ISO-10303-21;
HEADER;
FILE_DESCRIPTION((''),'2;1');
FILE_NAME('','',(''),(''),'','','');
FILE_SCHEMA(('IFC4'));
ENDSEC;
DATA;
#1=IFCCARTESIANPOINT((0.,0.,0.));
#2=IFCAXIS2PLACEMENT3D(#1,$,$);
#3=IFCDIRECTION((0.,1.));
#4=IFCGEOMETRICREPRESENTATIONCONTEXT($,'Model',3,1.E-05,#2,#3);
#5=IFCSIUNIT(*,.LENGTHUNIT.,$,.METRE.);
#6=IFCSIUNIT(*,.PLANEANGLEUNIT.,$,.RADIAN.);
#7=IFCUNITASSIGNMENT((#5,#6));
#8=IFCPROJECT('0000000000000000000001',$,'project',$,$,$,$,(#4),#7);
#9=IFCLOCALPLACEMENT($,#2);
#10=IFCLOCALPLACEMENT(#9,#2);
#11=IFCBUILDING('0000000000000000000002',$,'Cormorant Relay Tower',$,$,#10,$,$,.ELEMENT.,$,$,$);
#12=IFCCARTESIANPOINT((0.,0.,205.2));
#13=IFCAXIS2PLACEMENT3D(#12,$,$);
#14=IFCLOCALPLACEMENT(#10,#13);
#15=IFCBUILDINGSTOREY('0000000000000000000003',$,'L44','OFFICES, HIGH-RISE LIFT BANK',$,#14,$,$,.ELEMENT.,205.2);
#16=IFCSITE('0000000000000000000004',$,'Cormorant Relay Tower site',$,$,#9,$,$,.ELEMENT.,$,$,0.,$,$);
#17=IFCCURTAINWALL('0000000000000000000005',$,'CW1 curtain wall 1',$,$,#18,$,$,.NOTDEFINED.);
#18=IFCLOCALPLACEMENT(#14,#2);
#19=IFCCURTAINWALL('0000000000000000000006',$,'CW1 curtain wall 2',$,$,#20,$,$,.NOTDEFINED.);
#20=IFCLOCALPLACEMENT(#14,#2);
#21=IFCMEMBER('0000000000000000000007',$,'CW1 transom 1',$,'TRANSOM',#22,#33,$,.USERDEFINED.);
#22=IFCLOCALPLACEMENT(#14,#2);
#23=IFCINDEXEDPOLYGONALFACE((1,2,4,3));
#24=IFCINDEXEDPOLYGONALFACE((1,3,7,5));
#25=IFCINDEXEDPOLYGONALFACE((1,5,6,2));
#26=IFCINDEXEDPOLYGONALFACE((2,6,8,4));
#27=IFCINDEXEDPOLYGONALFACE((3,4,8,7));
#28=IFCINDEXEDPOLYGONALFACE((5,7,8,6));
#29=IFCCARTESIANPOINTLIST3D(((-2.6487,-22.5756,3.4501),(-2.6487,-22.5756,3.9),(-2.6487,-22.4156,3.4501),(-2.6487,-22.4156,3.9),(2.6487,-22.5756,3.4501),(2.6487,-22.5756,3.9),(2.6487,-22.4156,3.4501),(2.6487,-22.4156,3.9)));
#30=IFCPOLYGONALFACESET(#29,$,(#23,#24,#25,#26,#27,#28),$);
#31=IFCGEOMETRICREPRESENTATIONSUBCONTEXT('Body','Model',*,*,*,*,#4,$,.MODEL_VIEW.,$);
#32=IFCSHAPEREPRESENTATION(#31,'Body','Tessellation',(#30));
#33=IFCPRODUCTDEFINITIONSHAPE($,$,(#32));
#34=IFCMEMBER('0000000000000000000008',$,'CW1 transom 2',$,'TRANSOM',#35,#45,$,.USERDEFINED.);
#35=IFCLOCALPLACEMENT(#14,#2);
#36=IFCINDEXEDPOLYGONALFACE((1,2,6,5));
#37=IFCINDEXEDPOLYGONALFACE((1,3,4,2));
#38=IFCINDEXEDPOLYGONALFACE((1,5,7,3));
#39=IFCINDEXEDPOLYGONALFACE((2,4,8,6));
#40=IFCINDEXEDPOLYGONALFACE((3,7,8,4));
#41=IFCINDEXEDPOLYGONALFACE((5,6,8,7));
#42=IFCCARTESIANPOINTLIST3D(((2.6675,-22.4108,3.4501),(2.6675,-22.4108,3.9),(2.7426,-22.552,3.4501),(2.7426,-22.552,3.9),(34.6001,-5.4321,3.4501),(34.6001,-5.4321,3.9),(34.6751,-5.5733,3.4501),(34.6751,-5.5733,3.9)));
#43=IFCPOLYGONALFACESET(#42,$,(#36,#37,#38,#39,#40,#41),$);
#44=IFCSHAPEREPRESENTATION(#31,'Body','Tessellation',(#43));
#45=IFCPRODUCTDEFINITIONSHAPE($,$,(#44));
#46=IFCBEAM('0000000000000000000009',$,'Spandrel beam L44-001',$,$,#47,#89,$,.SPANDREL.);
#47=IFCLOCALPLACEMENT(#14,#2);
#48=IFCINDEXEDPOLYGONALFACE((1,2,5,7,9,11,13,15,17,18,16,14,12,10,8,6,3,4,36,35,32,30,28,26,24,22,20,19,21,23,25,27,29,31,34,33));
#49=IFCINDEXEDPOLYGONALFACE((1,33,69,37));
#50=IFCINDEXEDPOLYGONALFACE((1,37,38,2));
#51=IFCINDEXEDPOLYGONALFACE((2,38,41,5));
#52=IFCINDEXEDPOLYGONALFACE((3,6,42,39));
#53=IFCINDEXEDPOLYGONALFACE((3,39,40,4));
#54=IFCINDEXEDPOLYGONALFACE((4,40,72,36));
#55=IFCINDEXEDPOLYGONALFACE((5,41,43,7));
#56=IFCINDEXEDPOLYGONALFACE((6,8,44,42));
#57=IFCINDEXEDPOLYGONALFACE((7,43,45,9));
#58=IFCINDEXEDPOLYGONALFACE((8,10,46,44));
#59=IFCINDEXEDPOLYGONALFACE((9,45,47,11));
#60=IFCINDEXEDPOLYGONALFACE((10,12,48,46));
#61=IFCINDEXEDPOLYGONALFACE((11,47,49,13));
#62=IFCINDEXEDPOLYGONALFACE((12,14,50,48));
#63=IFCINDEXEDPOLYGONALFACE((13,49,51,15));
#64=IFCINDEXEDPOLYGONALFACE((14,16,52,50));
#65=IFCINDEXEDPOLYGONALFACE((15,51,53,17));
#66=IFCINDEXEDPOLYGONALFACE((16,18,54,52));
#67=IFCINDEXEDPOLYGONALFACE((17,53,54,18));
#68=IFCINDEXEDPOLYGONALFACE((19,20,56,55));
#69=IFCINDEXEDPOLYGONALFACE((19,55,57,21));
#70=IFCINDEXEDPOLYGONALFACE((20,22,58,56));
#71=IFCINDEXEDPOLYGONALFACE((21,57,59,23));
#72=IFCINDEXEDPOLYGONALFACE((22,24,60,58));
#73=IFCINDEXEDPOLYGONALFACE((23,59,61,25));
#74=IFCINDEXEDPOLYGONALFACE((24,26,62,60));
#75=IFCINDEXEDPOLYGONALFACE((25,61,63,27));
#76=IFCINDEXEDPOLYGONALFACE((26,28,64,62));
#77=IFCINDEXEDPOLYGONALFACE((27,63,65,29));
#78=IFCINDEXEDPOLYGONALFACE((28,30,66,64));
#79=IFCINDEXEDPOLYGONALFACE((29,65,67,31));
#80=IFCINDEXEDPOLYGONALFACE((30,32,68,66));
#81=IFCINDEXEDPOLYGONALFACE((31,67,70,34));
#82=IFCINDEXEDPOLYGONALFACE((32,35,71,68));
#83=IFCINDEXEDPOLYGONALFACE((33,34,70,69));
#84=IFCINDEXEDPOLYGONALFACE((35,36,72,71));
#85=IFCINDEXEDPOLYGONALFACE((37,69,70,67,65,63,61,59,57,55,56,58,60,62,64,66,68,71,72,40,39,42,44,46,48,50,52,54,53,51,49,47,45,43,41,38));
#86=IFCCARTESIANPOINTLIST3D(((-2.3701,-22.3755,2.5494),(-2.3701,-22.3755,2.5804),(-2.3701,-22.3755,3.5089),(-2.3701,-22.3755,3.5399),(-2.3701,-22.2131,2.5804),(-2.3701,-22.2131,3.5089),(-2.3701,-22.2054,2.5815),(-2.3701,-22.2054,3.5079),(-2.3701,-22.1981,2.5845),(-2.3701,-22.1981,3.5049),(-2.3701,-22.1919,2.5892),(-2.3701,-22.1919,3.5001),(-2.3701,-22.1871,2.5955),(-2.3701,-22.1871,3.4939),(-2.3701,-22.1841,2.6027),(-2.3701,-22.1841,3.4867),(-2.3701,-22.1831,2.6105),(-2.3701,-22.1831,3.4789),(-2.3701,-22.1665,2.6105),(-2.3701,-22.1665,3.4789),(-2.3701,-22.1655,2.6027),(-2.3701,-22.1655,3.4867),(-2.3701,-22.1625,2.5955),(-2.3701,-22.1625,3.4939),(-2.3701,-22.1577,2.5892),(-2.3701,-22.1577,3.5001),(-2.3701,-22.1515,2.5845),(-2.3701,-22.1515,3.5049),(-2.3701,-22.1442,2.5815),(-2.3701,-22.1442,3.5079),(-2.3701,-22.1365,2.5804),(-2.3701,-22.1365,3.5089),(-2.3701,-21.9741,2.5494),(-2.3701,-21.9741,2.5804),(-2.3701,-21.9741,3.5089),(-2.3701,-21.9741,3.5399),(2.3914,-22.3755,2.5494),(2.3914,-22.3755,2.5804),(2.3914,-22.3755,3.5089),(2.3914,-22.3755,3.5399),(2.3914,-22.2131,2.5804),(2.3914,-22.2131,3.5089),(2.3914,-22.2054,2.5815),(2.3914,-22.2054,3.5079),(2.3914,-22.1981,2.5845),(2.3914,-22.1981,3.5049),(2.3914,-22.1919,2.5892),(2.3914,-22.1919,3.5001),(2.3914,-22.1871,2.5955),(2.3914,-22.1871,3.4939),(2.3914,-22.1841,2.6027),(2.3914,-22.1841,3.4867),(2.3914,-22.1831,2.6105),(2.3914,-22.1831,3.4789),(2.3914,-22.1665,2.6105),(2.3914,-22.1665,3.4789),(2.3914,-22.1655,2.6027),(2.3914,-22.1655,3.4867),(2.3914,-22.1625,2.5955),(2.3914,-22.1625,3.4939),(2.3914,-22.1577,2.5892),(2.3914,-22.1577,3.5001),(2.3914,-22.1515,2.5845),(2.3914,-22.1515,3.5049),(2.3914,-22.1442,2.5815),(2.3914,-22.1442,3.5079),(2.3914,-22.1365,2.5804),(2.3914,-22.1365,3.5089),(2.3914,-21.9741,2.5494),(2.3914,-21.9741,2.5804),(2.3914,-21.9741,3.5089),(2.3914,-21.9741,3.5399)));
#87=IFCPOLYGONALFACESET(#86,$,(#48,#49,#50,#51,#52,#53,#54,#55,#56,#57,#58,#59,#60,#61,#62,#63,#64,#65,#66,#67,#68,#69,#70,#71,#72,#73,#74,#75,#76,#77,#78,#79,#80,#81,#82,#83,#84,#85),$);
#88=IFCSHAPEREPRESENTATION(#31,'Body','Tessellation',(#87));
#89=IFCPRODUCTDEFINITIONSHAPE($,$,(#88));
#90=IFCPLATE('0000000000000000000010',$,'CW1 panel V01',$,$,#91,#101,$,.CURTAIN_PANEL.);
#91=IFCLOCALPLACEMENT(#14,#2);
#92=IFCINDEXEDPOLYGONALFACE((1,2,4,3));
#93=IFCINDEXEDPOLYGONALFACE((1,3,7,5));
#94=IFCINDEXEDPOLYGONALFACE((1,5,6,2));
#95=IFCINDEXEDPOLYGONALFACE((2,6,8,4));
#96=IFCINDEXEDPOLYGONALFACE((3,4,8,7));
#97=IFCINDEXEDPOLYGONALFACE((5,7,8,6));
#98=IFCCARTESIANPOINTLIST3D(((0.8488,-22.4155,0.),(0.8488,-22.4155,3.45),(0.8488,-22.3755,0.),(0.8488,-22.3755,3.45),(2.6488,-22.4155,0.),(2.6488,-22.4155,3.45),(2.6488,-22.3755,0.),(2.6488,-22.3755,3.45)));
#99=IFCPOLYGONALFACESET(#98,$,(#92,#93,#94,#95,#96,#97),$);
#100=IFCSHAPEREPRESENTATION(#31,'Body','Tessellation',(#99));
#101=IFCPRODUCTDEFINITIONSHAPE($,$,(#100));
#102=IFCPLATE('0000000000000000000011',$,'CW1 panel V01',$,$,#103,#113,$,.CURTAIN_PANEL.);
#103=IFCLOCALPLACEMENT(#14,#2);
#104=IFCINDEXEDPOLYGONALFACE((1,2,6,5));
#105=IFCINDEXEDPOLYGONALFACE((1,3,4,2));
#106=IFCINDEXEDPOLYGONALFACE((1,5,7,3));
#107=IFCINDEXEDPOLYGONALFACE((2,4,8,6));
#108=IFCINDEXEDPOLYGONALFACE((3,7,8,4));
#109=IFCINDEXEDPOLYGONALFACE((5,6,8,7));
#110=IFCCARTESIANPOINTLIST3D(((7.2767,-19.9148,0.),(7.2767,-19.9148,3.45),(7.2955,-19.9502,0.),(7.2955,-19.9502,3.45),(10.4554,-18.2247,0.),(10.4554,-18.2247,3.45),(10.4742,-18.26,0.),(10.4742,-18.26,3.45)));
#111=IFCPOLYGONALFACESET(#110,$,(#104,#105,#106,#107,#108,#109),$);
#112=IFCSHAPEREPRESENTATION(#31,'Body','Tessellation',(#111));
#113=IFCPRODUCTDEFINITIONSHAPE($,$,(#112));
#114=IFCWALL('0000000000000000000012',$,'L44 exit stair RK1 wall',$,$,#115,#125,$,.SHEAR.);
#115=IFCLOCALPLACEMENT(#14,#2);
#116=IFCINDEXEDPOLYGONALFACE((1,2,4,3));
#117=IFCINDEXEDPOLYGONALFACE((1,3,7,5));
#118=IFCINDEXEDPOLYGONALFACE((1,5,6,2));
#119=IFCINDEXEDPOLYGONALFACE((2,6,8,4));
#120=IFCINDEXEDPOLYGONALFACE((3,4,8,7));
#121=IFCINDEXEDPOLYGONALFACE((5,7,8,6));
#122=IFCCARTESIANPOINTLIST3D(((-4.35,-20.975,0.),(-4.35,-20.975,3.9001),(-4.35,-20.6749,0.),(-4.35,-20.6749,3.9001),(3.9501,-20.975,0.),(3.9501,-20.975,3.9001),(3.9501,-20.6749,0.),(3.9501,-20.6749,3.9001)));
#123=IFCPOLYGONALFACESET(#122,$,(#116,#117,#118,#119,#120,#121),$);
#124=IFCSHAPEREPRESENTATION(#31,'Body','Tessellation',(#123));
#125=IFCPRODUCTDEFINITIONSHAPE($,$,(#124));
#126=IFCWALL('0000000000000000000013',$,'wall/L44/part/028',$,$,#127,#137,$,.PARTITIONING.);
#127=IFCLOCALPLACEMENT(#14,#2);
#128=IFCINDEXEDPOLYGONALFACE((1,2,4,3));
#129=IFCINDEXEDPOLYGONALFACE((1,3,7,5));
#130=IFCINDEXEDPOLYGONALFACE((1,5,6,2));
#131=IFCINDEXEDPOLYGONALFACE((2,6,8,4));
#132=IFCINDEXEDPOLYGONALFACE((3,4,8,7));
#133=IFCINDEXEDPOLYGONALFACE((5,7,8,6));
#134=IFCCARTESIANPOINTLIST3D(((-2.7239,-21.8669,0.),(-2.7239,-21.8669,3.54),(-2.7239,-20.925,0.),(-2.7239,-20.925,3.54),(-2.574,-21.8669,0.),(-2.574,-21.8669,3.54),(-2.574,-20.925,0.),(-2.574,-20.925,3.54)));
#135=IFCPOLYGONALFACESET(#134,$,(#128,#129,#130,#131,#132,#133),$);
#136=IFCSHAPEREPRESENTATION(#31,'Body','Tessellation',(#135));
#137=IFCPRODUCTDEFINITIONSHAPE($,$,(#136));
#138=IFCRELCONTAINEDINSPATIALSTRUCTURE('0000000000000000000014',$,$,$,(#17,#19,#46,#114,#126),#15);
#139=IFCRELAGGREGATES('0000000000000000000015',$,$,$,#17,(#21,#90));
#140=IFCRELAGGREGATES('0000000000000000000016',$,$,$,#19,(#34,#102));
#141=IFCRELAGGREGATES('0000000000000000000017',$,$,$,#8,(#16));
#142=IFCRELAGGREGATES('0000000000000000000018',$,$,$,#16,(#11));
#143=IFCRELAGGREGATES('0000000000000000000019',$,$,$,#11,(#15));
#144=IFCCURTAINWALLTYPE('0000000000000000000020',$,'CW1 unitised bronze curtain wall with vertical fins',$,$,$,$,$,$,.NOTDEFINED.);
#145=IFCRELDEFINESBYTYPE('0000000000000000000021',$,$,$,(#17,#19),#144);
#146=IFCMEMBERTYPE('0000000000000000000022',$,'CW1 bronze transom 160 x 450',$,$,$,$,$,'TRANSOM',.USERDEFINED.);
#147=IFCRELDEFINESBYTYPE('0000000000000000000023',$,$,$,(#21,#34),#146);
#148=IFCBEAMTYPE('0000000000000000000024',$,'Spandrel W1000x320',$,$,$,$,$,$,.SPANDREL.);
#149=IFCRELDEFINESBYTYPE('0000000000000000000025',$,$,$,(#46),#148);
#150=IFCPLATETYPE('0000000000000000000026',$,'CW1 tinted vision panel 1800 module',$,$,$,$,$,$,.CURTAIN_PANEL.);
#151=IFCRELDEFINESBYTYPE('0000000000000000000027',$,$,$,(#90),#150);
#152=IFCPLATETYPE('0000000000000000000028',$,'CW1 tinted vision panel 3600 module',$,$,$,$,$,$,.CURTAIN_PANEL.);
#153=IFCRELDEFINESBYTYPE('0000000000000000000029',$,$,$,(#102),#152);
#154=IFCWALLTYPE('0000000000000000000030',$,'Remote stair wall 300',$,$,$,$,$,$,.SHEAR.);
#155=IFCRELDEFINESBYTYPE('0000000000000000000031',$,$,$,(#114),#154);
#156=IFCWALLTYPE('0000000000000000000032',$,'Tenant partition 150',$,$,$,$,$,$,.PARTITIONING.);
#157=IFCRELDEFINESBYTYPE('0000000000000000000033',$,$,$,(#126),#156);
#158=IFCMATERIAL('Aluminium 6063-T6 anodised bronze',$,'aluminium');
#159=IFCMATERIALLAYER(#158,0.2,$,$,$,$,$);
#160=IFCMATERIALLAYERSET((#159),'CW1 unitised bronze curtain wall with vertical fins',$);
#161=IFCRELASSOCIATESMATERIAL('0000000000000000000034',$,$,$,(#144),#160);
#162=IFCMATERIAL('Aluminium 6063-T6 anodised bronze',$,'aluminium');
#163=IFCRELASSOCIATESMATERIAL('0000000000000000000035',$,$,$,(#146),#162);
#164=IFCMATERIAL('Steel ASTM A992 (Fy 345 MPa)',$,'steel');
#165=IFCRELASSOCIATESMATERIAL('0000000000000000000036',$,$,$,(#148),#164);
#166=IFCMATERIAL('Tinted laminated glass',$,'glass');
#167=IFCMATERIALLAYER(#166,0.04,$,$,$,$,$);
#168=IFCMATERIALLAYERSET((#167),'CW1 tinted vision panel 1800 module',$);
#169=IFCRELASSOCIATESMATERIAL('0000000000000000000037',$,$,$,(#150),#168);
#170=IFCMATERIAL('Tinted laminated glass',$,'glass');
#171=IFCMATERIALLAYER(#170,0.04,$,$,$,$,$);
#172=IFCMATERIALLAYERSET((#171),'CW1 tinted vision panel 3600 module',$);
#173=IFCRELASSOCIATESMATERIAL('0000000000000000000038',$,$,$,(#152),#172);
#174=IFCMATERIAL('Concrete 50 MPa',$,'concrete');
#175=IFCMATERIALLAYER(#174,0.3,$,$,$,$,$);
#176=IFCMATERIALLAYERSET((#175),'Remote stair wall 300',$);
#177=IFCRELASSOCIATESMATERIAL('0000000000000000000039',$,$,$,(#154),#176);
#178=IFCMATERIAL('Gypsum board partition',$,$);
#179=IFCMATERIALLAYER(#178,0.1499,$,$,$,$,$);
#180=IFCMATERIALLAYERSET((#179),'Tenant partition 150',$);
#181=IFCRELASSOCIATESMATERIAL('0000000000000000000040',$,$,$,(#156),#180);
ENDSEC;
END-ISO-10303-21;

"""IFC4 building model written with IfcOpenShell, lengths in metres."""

from ifc_helpers import new_model, si_unit, direction, frame, frame_2d, origin, origin_2d, place, context, subcontext, project, spatial, rectangle, i_section, extrude, material, layer, layer_set, material_profile, profile_set, type_object, element, aggregate, save


model = new_model("IFC4")

# Units and contexts
model_context = context("Model", 3, precision=1e-05, world=origin(), true_north=direction((0.0, 1.0)))
body_context = subcontext(model_context, "Body", "Model", "MODEL_VIEW")
ifc_project = project(units=[si_unit("LENGTHUNIT", "METRE"), si_unit("PLANEANGLEUNIT", "RADIAN")], contexts=[model_context])

# Site, building, storey
site_placement = place(None, origin())
site = spatial("IfcSite", under=ifc_project, at=site_placement, Name="Cormorant Relay Tower site", CompositionType="ELEMENT", RefElevation=0.0)
building_placement = place(site_placement, origin())
building = spatial("IfcBuilding", under=site, at=building_placement, Name="Cormorant Relay Tower", CompositionType="ELEMENT")
storey_placement = place(building_placement, frame((0.0, 0.0, 205.2)))
storey = spatial("IfcBuildingStorey", under=building, at=storey_placement, Name="L44", Description="OFFICES, HIGH-RISE LIFT BANK", CompositionType="ELEMENT", Elevation=205.2)

# Curtain wall
ifc_material_1 = material(Name="Aluminium 6063-T6 anodised bronze", Category="aluminium")
ifc_layer_1 = layer(ifc_material_1, 0.2)
ifc_layer_set_1 = layer_set([ifc_layer_1], Name="CW1 unitised bronze curtain wall with vertical fins")
curtain_wall_type = type_object("IfcCurtainWallType", Name="CW1 unitised bronze curtain wall with vertical fins", PredefinedType="NOTDEFINED", material=ifc_layer_set_1)
curtain_wall_1_placement = place(storey_placement, origin())
curtain_wall_1 = element("IfcCurtainWall", 1, at=curtain_wall_1_placement, inside=storey, type_object=curtain_wall_type, Name="CW1 curtain wall 1", PredefinedType="NOTDEFINED")

# Curtain wall
curtain_wall_2_placement = place(storey_placement, origin())
curtain_wall_2 = element("IfcCurtainWall", 2, at=curtain_wall_2_placement, inside=storey, type_object=curtain_wall_type, Name="CW1 curtain wall 2", PredefinedType="NOTDEFINED")

# Members
ifc_material_2 = material(Name="Aluminium 6063-T6 anodised bronze", Category="aluminium")
ifc_material_profile_1 = material_profile(ifc_material_2, rectangle(XDim=0.1599, YDim=0.45, at=origin_2d()), Name="AL 160x450")
ifc_profile_set_1 = profile_set([ifc_material_profile_1], Name="Aluminium 6063-T6 anodised bronze")
member_type_1 = type_object("IfcMemberType", Name="CW1 bronze transom 160 x 450", ElementType="TRANSOM", PredefinedType="USERDEFINED", material=ifc_profile_set_1)
member_1_placement = place(storey_placement, frame((-2.6487, -22.4956, 3.675), z_axis=(1.0, 0.0, 0.0), x_axis=(0.0, 1.0, 0.0)))
member_1 = element("IfcMember", 3, at=member_1_placement, type_object=member_type_1, Name="CW1 transom 1", ObjectType="TRANSOM", PredefinedType="USERDEFINED", context=body_context, shape_type="SweptSolid", body=[
    extrude(rectangle(XDim=0.1599, YDim=0.45, at=origin_2d()), origin(), (0.0, 0.0, 1.0), 5.2974),
])
member_2_placement = place(storey_placement, frame((2.7051, -22.4814, 3.675), z_axis=(0.882949, 0.469469, 0.0), x_axis=(-0.469469, 0.882949, 0.0)))
member_2 = element("IfcMember", 4, at=member_2_placement, type_object=member_type_1, Name="CW1 transom 2", ObjectType="TRANSOM", PredefinedType="USERDEFINED", context=body_context, shape_type="SweptSolid", body=[
    extrude(rectangle(XDim=0.1599, YDim=0.45, at=origin_2d()), origin(), (0.0, 0.0, 1.0), 36.1658),
])

# Beam
ifc_material_3 = material(Name="Steel ASTM A992 (Fy 345 MPa)", Category="steel")
ifc_material_profile_2 = material_profile(ifc_material_3, i_section(OverallWidth=0.4014, OverallDepth=0.9905, WebThickness=0.0166, FlangeThickness=0.031, FilletRadius=0.03, at=origin_2d()), Name="W1000x320")
ifc_profile_set_2 = profile_set([ifc_material_profile_2], Name="Steel ASTM A992 (Fy 345 MPa)")
beam_type = type_object("IfcBeamType", Name="Spandrel W1000x320", PredefinedType="SPANDREL", material=ifc_profile_set_2)
beam_placement = place(storey_placement, frame((-2.3701, -22.1748, 3.0447), z_axis=(1.0, 0.0, 0.0), x_axis=(0.0, 1.0, 0.0)))
element("IfcBeam", 5, at=beam_placement, inside=storey, type_object=beam_type, Name="Spandrel beam L44-001", PredefinedType="SPANDREL", context=body_context, shape_type="SweptSolid", body=[
    extrude(i_section(OverallWidth=0.4014, OverallDepth=0.9905, WebThickness=0.0166, FlangeThickness=0.031, FilletRadius=0.03, at=origin_2d()), origin(), (0.0, 0.0, 1.0), 4.7615),
])

# Plates
ifc_material_4 = material(Name="Tinted laminated glass", Category="glass")
ifc_layer_2 = layer(ifc_material_4, 0.04)
ifc_layer_set_2 = layer_set([ifc_layer_2], Name="CW1 tinted vision panel 1800 module")
plate_type_1 = type_object("IfcPlateType", Name="CW1 tinted vision panel 1800 module", PredefinedType="CURTAIN_PANEL", material=ifc_layer_set_2)
plate_1_placement = place(storey_placement, frame((1.7488, -22.3955, 0.0), z_axis=(0.0, 0.0, 1.0), x_axis=(1.0, 0.0, 0.0)))
plate_1 = element("IfcPlate", 6, at=plate_1_placement, type_object=plate_type_1, Name="CW1 panel V01", PredefinedType="CURTAIN_PANEL", context=body_context, shape_type="SweptSolid", body=[
    extrude(rectangle(XDim=1.8, YDim=0.04, at=origin_2d()), origin(), (0.0, 0.0, 1.0), 3.45),
])
ifc_material_5 = material(Name="Tinted laminated glass", Category="glass")
ifc_layer_3 = layer(ifc_material_5, 0.04)
ifc_layer_set_3 = layer_set([ifc_layer_3], Name="CW1 tinted vision panel 3600 module")
plate_type_2 = type_object("IfcPlateType", Name="CW1 tinted vision panel 3600 module", PredefinedType="CURTAIN_PANEL", material=ifc_layer_set_3)
plate_2_placement = place(storey_placement, frame((8.8755, -19.0874, 0.0), z_axis=(0.0, 0.0, 1.0), x_axis=(0.882948, 0.469472, 0.0)))
plate_2 = element("IfcPlate", 7, at=plate_2_placement, type_object=plate_type_2, Name="CW1 panel V01", PredefinedType="CURTAIN_PANEL", context=body_context, shape_type="SweptSolid", body=[
    extrude(rectangle(XDim=3.6001, YDim=0.04, at=origin_2d()), origin(), (0.0, 0.0, 1.0), 3.45),
])

# Walls
ifc_material_6 = material(Name="Concrete 50 MPa", Category="concrete")
ifc_layer_4 = layer(ifc_material_6, 0.3)
ifc_layer_set_4 = layer_set([ifc_layer_4], Name="Remote stair wall 300")
wall_type_1 = type_object("IfcWallType", Name="Remote stair wall 300", PredefinedType="SHEAR", material=ifc_layer_set_4)
wall_1_placement = place(storey_placement, frame((3.95, -20.825, 0.0), z_axis=(0.0, 0.0, 1.0), x_axis=(-1.0, 0.0, 0.0)))
element("IfcWall", 8, at=wall_1_placement, inside=storey, type_object=wall_type_1, Name="L44 exit stair RK1 wall", PredefinedType="SHEAR", context=body_context, shape_type="SweptSolid", body=[
    extrude(rectangle(XDim=8.3, YDim=0.3, at=frame_2d((4.1499, 0.0))), origin(), (0.0, 0.0, 1.0), 3.9001),
])
ifc_material_7 = material(Name="Gypsum board partition")
ifc_layer_5 = layer(ifc_material_7, 0.1499)
ifc_layer_set_5 = layer_set([ifc_layer_5], Name="Tenant partition 150")
wall_type_2 = type_object("IfcWallType", Name="Tenant partition 150", PredefinedType="PARTITIONING", material=ifc_layer_set_5)
wall_2_placement = place(storey_placement, frame((-2.6489, -20.925, 0.0), z_axis=(0.0, 0.0, 1.0), x_axis=(0.0, -1.0, 0.0)))
element("IfcWall", 9, at=wall_2_placement, inside=storey, type_object=wall_type_2, Name="wall/L44/part/028", PredefinedType="PARTITIONING", context=body_context, shape_type="SweptSolid", body=[
    extrude(rectangle(XDim=0.9419, YDim=0.1499, at=frame_2d((0.4709, 0.0))), origin(), (0.0, 0.0, 1.0), 3.54),
])

aggregate(curtain_wall_1, [member_1, plate_1])
aggregate(curtain_wall_2, [member_2, plate_2])

save(model, "model.ifc")
